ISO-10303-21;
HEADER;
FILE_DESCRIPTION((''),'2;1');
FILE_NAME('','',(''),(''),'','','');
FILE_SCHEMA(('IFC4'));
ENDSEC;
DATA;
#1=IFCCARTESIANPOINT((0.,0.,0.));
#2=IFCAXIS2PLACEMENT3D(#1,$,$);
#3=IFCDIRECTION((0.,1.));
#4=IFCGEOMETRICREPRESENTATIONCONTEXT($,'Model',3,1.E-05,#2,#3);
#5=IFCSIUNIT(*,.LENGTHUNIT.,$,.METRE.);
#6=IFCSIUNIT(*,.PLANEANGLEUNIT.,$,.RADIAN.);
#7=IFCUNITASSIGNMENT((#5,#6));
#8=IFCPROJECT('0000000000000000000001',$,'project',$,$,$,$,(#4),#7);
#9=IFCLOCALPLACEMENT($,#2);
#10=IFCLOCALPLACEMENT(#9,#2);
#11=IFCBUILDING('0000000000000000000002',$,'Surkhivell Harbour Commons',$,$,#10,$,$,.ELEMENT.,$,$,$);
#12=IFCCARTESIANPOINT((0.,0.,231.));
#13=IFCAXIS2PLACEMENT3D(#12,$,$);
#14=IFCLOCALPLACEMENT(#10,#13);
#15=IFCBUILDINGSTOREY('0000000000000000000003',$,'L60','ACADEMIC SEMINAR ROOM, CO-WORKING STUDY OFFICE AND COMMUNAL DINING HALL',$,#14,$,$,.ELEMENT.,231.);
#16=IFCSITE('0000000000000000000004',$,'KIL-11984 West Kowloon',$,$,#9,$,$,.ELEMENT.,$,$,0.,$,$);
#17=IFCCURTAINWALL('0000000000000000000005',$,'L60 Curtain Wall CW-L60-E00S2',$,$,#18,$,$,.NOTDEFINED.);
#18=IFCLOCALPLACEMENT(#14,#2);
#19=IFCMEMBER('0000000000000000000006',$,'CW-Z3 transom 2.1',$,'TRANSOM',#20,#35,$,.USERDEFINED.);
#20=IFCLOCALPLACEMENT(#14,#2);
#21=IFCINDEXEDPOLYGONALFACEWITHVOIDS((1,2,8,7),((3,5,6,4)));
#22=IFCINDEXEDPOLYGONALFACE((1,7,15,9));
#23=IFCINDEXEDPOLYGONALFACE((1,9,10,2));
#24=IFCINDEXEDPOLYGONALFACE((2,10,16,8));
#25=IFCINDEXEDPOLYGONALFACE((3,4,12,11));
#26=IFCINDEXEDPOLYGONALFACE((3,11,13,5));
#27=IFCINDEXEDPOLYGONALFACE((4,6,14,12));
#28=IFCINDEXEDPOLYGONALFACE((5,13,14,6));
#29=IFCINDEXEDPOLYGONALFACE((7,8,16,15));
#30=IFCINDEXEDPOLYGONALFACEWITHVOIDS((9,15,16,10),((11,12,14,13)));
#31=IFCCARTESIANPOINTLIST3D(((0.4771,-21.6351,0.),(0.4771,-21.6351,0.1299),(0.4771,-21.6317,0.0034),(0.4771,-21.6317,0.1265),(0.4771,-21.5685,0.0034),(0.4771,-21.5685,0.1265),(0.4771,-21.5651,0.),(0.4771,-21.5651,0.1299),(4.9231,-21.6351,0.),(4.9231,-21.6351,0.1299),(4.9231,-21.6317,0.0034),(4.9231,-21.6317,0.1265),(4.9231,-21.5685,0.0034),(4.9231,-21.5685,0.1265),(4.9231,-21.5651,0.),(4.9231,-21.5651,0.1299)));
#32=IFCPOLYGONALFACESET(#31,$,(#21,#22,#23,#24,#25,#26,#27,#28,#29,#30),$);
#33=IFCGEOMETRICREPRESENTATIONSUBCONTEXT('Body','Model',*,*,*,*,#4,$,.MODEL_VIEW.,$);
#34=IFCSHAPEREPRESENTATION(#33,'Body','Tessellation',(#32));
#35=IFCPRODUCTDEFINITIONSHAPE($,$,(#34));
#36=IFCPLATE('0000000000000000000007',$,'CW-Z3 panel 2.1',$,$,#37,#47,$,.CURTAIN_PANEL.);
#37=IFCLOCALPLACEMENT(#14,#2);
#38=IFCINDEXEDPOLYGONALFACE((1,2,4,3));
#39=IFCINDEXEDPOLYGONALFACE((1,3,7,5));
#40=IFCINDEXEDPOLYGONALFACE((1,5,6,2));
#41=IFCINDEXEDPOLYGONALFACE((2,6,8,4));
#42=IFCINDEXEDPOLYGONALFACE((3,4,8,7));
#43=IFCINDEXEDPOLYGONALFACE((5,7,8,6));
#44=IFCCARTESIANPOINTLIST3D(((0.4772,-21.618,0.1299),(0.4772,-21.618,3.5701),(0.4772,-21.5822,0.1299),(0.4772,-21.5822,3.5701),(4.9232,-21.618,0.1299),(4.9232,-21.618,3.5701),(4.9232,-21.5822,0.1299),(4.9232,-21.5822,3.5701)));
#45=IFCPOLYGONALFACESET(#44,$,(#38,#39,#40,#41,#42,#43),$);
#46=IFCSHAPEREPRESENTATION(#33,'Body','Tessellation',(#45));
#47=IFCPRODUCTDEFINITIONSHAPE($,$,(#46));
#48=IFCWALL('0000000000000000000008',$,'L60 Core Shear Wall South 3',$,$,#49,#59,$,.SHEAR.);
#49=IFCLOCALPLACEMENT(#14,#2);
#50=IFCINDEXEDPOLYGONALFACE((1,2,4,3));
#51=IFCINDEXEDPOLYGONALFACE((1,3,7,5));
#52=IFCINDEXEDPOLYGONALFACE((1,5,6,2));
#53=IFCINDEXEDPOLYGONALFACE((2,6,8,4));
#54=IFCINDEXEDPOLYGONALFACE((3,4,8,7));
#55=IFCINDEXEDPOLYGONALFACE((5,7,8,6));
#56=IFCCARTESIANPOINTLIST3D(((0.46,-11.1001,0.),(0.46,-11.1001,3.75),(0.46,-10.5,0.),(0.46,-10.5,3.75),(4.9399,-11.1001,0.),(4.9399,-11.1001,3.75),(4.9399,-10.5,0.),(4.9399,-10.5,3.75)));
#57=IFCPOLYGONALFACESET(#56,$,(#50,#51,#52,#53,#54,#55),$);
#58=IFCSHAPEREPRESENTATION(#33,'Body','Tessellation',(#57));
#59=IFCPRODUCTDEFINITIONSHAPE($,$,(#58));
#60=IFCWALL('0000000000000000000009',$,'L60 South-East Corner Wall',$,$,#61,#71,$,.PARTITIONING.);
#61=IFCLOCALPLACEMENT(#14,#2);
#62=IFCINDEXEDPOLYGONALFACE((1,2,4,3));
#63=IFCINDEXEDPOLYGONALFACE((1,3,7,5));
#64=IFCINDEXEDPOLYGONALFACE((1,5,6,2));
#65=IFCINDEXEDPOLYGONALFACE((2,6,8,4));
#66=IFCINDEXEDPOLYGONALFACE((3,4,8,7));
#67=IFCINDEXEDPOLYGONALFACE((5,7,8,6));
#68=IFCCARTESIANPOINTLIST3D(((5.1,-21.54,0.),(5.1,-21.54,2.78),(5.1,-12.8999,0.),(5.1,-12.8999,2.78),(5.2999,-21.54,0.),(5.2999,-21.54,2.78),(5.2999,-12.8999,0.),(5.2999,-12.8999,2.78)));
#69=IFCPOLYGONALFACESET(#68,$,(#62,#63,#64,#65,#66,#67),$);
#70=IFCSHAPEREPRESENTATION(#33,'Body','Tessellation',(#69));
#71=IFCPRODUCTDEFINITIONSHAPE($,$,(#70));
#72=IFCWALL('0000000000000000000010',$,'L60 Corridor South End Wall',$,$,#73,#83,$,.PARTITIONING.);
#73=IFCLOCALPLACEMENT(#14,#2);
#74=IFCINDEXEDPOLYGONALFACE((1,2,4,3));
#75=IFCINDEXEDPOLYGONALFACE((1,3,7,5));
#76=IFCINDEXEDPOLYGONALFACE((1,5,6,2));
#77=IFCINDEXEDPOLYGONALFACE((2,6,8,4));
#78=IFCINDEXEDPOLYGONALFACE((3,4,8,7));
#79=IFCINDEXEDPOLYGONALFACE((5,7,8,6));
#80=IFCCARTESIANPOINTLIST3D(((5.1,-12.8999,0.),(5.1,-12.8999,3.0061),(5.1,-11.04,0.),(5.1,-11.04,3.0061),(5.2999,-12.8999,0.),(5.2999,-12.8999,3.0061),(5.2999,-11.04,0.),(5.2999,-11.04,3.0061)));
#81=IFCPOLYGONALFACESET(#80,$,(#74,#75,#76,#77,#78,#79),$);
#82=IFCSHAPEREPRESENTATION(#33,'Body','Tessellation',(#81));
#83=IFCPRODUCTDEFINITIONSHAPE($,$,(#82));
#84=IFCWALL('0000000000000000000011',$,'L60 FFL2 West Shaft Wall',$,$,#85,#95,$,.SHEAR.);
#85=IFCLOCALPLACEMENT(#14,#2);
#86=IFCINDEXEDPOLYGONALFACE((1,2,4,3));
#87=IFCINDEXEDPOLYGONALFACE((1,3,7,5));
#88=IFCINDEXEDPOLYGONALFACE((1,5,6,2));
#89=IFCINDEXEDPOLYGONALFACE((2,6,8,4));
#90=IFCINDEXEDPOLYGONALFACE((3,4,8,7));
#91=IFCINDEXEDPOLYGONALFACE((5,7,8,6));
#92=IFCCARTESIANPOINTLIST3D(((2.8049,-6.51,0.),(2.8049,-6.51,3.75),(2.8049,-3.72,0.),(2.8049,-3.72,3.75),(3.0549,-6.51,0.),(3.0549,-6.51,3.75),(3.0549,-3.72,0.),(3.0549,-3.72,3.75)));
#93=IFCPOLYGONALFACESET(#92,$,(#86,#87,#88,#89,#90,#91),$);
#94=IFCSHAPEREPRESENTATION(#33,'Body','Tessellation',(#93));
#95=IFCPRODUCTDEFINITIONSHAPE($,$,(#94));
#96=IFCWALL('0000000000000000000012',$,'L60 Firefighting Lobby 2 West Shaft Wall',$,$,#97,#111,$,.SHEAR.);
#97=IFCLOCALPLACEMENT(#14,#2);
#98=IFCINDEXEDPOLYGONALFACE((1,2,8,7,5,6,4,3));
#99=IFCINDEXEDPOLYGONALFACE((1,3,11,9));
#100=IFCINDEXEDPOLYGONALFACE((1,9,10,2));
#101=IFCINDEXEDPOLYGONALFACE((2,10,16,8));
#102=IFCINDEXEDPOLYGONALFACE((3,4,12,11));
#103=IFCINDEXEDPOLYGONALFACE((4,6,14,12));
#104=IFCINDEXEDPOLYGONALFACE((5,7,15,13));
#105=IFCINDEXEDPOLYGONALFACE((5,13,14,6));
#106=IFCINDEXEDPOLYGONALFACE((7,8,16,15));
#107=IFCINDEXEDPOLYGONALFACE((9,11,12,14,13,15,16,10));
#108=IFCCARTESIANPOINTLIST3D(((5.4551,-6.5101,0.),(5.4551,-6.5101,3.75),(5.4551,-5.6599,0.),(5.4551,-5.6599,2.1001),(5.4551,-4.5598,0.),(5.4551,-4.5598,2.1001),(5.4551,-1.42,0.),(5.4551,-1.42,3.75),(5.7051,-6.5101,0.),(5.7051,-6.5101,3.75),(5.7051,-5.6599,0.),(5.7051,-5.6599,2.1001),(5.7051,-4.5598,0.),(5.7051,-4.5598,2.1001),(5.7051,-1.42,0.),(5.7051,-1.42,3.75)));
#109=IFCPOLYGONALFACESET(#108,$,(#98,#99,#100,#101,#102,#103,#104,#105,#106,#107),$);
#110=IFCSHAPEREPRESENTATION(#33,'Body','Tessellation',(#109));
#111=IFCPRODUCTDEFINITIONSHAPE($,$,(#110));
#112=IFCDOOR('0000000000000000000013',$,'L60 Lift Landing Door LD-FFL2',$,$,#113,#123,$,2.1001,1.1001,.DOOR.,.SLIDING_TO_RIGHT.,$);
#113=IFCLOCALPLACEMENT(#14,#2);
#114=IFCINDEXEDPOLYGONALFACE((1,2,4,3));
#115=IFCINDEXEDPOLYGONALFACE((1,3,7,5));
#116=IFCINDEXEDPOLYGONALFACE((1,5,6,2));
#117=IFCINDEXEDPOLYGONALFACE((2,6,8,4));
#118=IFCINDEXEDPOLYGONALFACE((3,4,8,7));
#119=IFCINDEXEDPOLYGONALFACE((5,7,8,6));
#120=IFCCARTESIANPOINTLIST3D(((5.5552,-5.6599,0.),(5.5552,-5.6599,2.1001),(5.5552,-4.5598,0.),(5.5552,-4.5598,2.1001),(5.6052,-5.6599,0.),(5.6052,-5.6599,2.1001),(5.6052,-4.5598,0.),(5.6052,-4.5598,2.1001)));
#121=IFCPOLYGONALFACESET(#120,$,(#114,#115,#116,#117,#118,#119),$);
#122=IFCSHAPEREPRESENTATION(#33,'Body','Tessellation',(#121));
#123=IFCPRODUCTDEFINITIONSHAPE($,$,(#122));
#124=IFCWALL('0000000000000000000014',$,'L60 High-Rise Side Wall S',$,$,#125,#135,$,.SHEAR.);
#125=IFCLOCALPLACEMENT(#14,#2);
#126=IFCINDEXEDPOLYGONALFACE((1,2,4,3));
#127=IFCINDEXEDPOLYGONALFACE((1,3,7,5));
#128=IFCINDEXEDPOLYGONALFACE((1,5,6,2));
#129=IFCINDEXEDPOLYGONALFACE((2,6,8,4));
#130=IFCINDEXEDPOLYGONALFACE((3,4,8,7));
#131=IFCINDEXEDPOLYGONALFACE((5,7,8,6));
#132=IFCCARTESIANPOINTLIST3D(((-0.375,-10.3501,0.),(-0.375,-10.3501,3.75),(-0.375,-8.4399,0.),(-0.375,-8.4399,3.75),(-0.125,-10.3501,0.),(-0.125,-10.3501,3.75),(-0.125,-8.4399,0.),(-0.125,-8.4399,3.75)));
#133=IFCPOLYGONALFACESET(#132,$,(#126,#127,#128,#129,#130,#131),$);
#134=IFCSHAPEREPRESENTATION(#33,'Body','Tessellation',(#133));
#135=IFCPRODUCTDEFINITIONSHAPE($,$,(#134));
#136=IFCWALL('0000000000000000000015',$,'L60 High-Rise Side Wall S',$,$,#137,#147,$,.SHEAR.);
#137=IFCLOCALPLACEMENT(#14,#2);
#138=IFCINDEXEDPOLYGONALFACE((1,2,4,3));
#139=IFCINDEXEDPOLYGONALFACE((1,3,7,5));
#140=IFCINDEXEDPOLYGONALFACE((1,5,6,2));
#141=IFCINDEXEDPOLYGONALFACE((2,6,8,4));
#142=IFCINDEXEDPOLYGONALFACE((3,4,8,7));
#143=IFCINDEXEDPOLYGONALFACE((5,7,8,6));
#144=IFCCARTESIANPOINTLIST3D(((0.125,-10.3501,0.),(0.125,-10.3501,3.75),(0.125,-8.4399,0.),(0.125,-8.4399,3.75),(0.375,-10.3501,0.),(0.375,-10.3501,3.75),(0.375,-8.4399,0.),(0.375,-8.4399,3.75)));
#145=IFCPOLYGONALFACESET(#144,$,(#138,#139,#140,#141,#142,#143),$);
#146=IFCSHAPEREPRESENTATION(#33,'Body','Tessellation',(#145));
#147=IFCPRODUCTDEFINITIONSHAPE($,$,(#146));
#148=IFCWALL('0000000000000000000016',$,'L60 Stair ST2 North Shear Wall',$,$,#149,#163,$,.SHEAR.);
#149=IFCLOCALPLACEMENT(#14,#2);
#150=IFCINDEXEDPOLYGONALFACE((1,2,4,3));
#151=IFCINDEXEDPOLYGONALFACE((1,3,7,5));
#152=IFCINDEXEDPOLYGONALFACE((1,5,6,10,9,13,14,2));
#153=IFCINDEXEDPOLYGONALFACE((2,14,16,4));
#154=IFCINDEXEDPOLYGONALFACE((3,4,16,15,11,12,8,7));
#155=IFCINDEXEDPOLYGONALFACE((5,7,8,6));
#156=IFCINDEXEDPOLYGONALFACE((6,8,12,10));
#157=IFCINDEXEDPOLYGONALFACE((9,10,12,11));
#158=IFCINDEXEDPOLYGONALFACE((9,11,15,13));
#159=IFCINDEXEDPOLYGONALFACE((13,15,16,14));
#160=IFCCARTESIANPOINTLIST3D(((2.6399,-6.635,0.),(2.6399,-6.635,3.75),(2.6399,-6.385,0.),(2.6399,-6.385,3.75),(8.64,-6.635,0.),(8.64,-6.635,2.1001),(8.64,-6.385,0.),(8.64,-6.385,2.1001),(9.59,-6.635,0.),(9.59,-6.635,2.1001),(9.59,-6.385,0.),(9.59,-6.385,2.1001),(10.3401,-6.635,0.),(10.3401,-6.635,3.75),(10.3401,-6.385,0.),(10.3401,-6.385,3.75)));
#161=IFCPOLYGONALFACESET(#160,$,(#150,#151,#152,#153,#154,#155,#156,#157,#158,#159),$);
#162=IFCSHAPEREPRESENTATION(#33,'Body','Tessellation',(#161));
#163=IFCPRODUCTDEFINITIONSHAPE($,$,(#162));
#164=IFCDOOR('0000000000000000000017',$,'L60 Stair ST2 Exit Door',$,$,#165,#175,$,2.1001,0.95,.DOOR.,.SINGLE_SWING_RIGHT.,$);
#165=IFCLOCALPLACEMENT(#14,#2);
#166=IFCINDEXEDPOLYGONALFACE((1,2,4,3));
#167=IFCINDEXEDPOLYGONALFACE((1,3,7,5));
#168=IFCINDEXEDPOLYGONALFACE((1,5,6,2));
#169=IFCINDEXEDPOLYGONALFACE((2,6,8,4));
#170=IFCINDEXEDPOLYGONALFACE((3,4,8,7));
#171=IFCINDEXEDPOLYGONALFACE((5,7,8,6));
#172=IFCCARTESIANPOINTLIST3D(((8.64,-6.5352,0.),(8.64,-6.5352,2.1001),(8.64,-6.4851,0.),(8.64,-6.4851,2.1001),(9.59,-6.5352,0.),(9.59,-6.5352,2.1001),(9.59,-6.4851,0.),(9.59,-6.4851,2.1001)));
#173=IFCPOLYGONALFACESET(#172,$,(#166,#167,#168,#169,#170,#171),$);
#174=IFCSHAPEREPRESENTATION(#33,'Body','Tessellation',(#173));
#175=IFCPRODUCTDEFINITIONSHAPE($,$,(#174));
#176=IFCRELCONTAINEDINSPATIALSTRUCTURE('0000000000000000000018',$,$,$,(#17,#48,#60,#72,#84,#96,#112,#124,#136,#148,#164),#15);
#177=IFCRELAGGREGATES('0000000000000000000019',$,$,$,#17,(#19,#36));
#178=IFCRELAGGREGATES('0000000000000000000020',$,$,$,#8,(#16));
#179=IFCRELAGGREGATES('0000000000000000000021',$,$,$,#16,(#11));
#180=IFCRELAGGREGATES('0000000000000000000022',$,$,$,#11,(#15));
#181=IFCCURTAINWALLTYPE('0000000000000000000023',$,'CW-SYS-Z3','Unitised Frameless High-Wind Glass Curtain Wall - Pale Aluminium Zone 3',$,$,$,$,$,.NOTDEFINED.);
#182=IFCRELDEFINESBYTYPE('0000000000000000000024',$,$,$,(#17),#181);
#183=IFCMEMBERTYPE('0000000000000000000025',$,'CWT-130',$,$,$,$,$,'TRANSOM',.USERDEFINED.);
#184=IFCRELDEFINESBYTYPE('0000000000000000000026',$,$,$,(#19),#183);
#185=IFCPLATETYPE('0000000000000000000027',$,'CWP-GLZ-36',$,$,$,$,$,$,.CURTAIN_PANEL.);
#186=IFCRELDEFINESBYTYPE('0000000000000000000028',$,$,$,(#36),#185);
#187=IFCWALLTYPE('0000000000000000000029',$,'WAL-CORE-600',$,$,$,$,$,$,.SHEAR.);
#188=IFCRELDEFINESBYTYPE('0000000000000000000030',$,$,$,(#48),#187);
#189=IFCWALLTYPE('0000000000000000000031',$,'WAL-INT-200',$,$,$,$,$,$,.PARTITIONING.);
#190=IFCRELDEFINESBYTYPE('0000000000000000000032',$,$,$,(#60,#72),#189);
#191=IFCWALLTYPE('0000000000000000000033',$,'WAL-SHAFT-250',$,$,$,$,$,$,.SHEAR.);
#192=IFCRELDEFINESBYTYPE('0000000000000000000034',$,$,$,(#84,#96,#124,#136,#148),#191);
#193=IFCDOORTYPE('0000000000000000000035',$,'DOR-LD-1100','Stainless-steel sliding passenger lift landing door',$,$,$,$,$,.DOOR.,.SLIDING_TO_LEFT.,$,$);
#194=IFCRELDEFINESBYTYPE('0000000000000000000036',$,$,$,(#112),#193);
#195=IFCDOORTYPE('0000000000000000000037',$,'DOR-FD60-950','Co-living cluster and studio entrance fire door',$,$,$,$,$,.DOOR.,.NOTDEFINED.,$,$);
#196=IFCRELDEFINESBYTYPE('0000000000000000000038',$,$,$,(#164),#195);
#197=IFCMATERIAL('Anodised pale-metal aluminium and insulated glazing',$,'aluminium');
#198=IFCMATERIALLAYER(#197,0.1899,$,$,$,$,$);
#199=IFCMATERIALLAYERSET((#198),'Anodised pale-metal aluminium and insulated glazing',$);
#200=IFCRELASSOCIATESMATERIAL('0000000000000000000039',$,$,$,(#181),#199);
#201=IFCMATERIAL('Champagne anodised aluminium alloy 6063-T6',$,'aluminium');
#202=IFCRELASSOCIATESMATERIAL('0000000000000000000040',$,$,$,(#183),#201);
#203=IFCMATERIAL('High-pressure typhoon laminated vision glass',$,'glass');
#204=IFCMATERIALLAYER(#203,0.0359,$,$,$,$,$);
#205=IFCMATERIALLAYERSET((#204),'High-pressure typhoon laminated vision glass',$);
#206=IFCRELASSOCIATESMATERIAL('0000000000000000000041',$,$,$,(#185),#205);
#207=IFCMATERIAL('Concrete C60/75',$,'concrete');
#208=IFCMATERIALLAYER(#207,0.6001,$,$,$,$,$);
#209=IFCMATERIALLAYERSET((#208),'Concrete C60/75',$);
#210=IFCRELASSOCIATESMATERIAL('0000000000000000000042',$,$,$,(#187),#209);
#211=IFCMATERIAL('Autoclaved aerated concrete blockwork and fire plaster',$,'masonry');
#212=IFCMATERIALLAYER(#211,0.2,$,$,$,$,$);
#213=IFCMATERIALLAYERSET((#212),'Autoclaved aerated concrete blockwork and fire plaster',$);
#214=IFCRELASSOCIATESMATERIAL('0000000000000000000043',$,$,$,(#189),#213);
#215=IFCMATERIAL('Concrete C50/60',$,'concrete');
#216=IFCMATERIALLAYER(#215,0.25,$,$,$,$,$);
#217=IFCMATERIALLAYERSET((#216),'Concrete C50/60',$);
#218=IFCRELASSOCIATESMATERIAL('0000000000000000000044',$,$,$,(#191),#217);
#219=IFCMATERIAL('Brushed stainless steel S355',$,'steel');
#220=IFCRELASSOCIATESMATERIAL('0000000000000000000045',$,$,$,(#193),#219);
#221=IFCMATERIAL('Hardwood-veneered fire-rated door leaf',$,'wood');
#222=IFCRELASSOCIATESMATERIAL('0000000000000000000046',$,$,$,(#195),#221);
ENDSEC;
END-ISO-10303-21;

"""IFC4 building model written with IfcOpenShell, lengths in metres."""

from ifc_helpers import new_model, si_unit, direction, frame, frame_2d, origin, origin_2d, place, context, subcontext, project, spatial, rectangle, hollow_rectangle, extrude, material, layer, layer_set, material_profile, profile_set, type_object, element, fill, aggregate, save


model = new_model("IFC4")

# Units and contexts
model_context = context("Model", 3, precision=1e-05, world=origin(), true_north=direction((0.0, 1.0)))
body_context = subcontext(model_context, "Body", "Model", "MODEL_VIEW")
ifc_project = project(units=[si_unit("LENGTHUNIT", "METRE"), si_unit("PLANEANGLEUNIT", "RADIAN")], contexts=[model_context])

# Site, building, storey
site_placement = place(None, origin())
site = spatial("IfcSite", under=ifc_project, at=site_placement, Name="KIL-11984 West Kowloon", CompositionType="ELEMENT", RefElevation=0.0)
building_placement = place(site_placement, origin())
building = spatial("IfcBuilding", under=site, at=building_placement, Name="Surkhivell Harbour Commons", CompositionType="ELEMENT")
storey_placement = place(building_placement, frame((0.0, 0.0, 231.0)))
storey = spatial("IfcBuildingStorey", under=building, at=storey_placement, Name="L60", Description="ACADEMIC SEMINAR ROOM, CO-WORKING STUDY OFFICE AND COMMUNAL DINING HALL", CompositionType="ELEMENT", Elevation=231.0)

# Shared definitions
ifc_material_1 = material(Name="Concrete C60/75", Category="concrete")
ifc_material_2 = material(Name="Concrete C50/60", Category="concrete")

# Curtain wall, member, plate
ifc_material_3 = material(Name="Anodised pale-metal aluminium and insulated glazing", Category="aluminium")
ifc_layer_1 = layer(ifc_material_3, 0.1899)
ifc_layer_set_1 = layer_set([ifc_layer_1], Name="Anodised pale-metal aluminium and insulated glazing")
curtain_wall_type = type_object("IfcCurtainWallType", Name="CW-SYS-Z3", Description="Unitised Frameless High-Wind Glass Curtain Wall - Pale Aluminium Zone 3", PredefinedType="NOTDEFINED", material=ifc_layer_set_1)
curtain_wall_placement = place(storey_placement, origin())
curtain_wall = element("IfcCurtainWall", 1, at=curtain_wall_placement, inside=storey, type_object=curtain_wall_type, Name="L60 Curtain Wall CW-L60-E00S2", PredefinedType="NOTDEFINED")
ifc_material_4 = material(Name="Champagne anodised aluminium alloy 6063-T6", Category="aluminium")
ifc_material_profile_1 = material_profile(ifc_material_4, hollow_rectangle(XDim=0.0701, YDim=0.1299, WallThickness=0.0034, at=origin_2d()), Name="ALU-TRAN-70x130")
ifc_profile_set_1 = profile_set([ifc_material_profile_1], Name="Champagne anodised aluminium alloy 6063-T6")
member_type_1 = type_object("IfcMemberType", Name="CWT-130", ElementType="TRANSOM", PredefinedType="USERDEFINED", material=ifc_profile_set_1)
member_1_placement = place(storey_placement, frame((0.4771, -21.6001, 0.0649), z_axis=(1.0, 0.0, 0.0), x_axis=(0.0, 1.0, 0.0)))
member_1 = element("IfcMember", 2, at=member_1_placement, type_object=member_type_1, Name="CW-Z3 transom 2.1", ObjectType="TRANSOM", PredefinedType="USERDEFINED", context=body_context, shape_type="SweptSolid", body=[
    extrude(hollow_rectangle(XDim=0.0701, YDim=0.1299, WallThickness=0.0034, at=origin_2d()), origin(), (0.0, 0.0, 1.0), 4.446),
])
ifc_material_5 = material(Name="High-pressure typhoon laminated vision glass", Category="glass")
ifc_layer_2 = layer(ifc_material_5, 0.0359)
ifc_layer_set_2 = layer_set([ifc_layer_2], Name="High-pressure typhoon laminated vision glass")
plate_type = type_object("IfcPlateType", Name="CWP-GLZ-36", PredefinedType="CURTAIN_PANEL", material=ifc_layer_set_2)
plate_placement = place(storey_placement, frame((0.4771, -21.6001, 0.1299), z_axis=(0.0, 0.0, 1.0), x_axis=(1.0, 0.0, 0.0)))
plate = element("IfcPlate", 3, at=plate_placement, type_object=plate_type, Name="CW-Z3 panel 2.1", PredefinedType="CURTAIN_PANEL", context=body_context, shape_type="SweptSolid", body=[
    extrude(rectangle(XDim=4.446, YDim=0.0359, at=frame_2d((2.2231, 0.0))), origin(), (0.0, 0.0, 1.0), 3.4402),
])
aggregate(curtain_wall, [member_1, plate])

# Walls
ifc_layer_3 = layer(ifc_material_1, 0.6001)
ifc_layer_set_3 = layer_set([ifc_layer_3], Name="Concrete C60/75")
wall_type_1 = type_object("IfcWallType", Name="WAL-CORE-600", PredefinedType="SHEAR", material=ifc_layer_set_3)
wall_1_placement = place(storey_placement, frame((0.46, -10.8, 0.0), z_axis=(0.0, 0.0, 1.0), x_axis=(1.0, 0.0, 0.0)))
element("IfcWall", 4, at=wall_1_placement, inside=storey, type_object=wall_type_1, Name="L60 Core Shear Wall South 3", PredefinedType="SHEAR", context=body_context, shape_type="SweptSolid", body=[
    extrude(rectangle(XDim=4.48, YDim=0.6001, at=frame_2d((2.24, 0.0))), origin(), (0.0, 0.0, 1.0), 3.75),
])
ifc_material_6 = material(Name="Autoclaved aerated concrete blockwork and fire plaster", Category="masonry")
ifc_layer_4 = layer(ifc_material_6, 0.2)
ifc_layer_set_4 = layer_set([ifc_layer_4], Name="Autoclaved aerated concrete blockwork and fire plaster")
wall_type_2 = type_object("IfcWallType", Name="WAL-INT-200", PredefinedType="PARTITIONING", material=ifc_layer_set_4)
wall_2_placement = place(storey_placement, frame((5.2, -21.54, 0.0), z_axis=(0.0, 0.0, 1.0), x_axis=(0.0, 1.0, 0.0)))
element("IfcWall", 5, at=wall_2_placement, inside=storey, type_object=wall_type_2, Name="L60 South-East Corner Wall", PredefinedType="PARTITIONING", context=body_context, shape_type="SweptSolid", body=[
    extrude(rectangle(XDim=8.6401, YDim=0.2, at=frame_2d((4.3201, 0.0))), origin(), (0.0, 0.0, 1.0), 2.78),
])
wall_3_placement = place(storey_placement, frame((5.2, -12.8999, 0.0), z_axis=(0.0, 0.0, 1.0), x_axis=(0.0, 1.0, 0.0)))
element("IfcWall", 6, at=wall_3_placement, inside=storey, type_object=wall_type_2, Name="L60 Corridor South End Wall", PredefinedType="PARTITIONING", context=body_context, shape_type="SweptSolid", body=[
    extrude(rectangle(XDim=1.8599, YDim=0.2, at=frame_2d((0.9299, 0.0))), origin(), (0.0, 0.0, 1.0), 3.0061),
])
ifc_layer_5 = layer(ifc_material_2, 0.25)
ifc_layer_set_5 = layer_set([ifc_layer_5], Name="Concrete C50/60")
wall_type_3 = type_object("IfcWallType", Name="WAL-SHAFT-250", PredefinedType="SHEAR", material=ifc_layer_set_5)
wall_4_placement = place(storey_placement, frame((2.9299, -6.51, 0.0), z_axis=(0.0, 0.0, 1.0), x_axis=(0.0, 1.0, 0.0)))
element("IfcWall", 7, at=wall_4_placement, inside=storey, type_object=wall_type_3, Name="L60 FFL2 West Shaft Wall", PredefinedType="SHEAR", context=body_context, shape_type="SweptSolid", body=[
    extrude(rectangle(XDim=2.79, YDim=0.25, at=frame_2d((1.395, 0.0))), origin(), (0.0, 0.0, 1.0), 3.75),
])

# Wall, opening, door
wall_5_placement = place(storey_placement, frame((5.5801, -6.51, 0.0), z_axis=(0.0, 0.0, 1.0), x_axis=(0.0, 1.0, 0.0)))
wall_5 = element("IfcWall", 8, at=wall_5_placement, inside=storey, type_object=wall_type_3, Name="L60 Firefighting Lobby 2 West Shaft Wall", PredefinedType="SHEAR", context=body_context, shape_type="SweptSolid", body=[
    extrude(rectangle(XDim=5.0901, YDim=0.25, at=frame_2d((2.5449, 0.0))), origin(), (0.0, 0.0, 1.0), 3.75),
])
opening_1_placement = place(wall_5_placement, frame((0.8501, 0.0, 0.0)))
opening_1 = element("IfcOpeningElement", 9, at=opening_1_placement, cuts=wall_5, PredefinedType="OPENING", context=body_context, shape_type="SweptSolid", body=[
    extrude(rectangle(XDim=1.1001, YDim=2.1001, at=frame_2d((0.55, 1.05))), frame((0.0, 0.135, 0.0), z_axis=(0.0, -1.0, 0.0), x_axis=(1.0, 0.0, 0.0)), (0.0, 0.0, 1.0), 0.27),
])
ifc_material_7 = material(Name="Brushed stainless steel S355", Category="steel")
door_type_1 = type_object("IfcDoorType", Name="DOR-LD-1100", Description="Stainless-steel sliding passenger lift landing door", OperationType="SLIDING_TO_LEFT", PredefinedType="DOOR", material=ifc_material_7)
door_1_placement = place(opening_1_placement, origin())
door_1 = element("IfcDoor", 10, at=door_1_placement, inside=storey, type_object=door_type_1, Name="L60 Lift Landing Door LD-FFL2", OperationType="SLIDING_TO_RIGHT", OverallHeight=2.1001, OverallWidth=1.1001, PredefinedType="DOOR", context=body_context, shape_type="SweptSolid", body=[
    extrude(rectangle(XDim=1.1001, YDim=2.1001, at=frame_2d((0.55, 1.05))), frame((0.0, 0.0249, 0.0), z_axis=(0.0, -1.0, 0.0), x_axis=(1.0, 0.0, 0.0)), (0.0, 0.0, 1.0), 0.05),
])
fill(opening_1, door_1)

# Walls
for number, where, z_axis, x_axis, name in (
    (11, (-0.25, -10.3501, 0.0), (0.0, 0.0, 1.0), (0.0, 1.0, 0.0), "L60 High-Rise Side Wall S"),
    (12, (0.25, -10.3501, 0.0), (0.0, 0.0, 1.0), (0.0, 1.0, 0.0), "L60 High-Rise Side Wall S"),
):
    element("IfcWall", number, at=place(storey_placement, frame(where, z_axis=z_axis, x_axis=x_axis)), inside=storey, type_object=wall_type_3, Name=name, PredefinedType="SHEAR", context=body_context, shape_type="SweptSolid", body=[
        extrude(rectangle(XDim=1.9102, YDim=0.25, at=frame_2d((0.9551, 0.0))), origin(), (0.0, 0.0, 1.0), 3.75),
    ])

# Wall, opening, door
wall_6_placement = place(storey_placement, frame((2.6399, -6.51, 0.0), z_axis=(0.0, 0.0, 1.0), x_axis=(1.0, 0.0, 0.0)))
wall_6 = element("IfcWall", 13, at=wall_6_placement, inside=storey, type_object=wall_type_3, Name="L60 Stair ST2 North Shear Wall", PredefinedType="SHEAR", context=body_context, shape_type="SweptSolid", body=[
    extrude(rectangle(XDim=7.7002, YDim=0.25, at=frame_2d((3.8501, 0.0))), origin(), (0.0, 0.0, 1.0), 3.75),
])
opening_2_placement = place(wall_6_placement, frame((6.0, 0.0, 0.0)))
opening_2 = element("IfcOpeningElement", 14, at=opening_2_placement, cuts=wall_6, PredefinedType="OPENING", context=body_context, shape_type="SweptSolid", body=[
    extrude(rectangle(XDim=0.95, YDim=2.1001, at=frame_2d((0.4751, 1.05))), frame((0.0, 0.135, 0.0), z_axis=(0.0, -1.0, 0.0), x_axis=(1.0, 0.0, 0.0)), (0.0, 0.0, 1.0), 0.27),
])
ifc_material_8 = material(Name="Hardwood-veneered fire-rated door leaf", Category="wood")
door_type_2 = type_object("IfcDoorType", Name="DOR-FD60-950", Description="Co-living cluster and studio entrance fire door", OperationType="NOTDEFINED", PredefinedType="DOOR", material=ifc_material_8)
door_2_placement = place(opening_2_placement, origin())
door_2 = element("IfcDoor", 15, at=door_2_placement, inside=storey, type_object=door_type_2, Name="L60 Stair ST2 Exit Door", OperationType="SINGLE_SWING_RIGHT", OverallHeight=2.1001, OverallWidth=0.95, PredefinedType="DOOR", context=body_context, shape_type="SweptSolid", body=[
    extrude(rectangle(XDim=0.95, YDim=2.1001, at=frame_2d((0.4751, 1.05))), frame((0.0, 0.0249, 0.0), z_axis=(0.0, -1.0, 0.0), x_axis=(1.0, 0.0, 0.0)), (0.0, 0.0, 1.0), 0.05),
])
fill(opening_2, door_2)

save(model, "model.ifc")
